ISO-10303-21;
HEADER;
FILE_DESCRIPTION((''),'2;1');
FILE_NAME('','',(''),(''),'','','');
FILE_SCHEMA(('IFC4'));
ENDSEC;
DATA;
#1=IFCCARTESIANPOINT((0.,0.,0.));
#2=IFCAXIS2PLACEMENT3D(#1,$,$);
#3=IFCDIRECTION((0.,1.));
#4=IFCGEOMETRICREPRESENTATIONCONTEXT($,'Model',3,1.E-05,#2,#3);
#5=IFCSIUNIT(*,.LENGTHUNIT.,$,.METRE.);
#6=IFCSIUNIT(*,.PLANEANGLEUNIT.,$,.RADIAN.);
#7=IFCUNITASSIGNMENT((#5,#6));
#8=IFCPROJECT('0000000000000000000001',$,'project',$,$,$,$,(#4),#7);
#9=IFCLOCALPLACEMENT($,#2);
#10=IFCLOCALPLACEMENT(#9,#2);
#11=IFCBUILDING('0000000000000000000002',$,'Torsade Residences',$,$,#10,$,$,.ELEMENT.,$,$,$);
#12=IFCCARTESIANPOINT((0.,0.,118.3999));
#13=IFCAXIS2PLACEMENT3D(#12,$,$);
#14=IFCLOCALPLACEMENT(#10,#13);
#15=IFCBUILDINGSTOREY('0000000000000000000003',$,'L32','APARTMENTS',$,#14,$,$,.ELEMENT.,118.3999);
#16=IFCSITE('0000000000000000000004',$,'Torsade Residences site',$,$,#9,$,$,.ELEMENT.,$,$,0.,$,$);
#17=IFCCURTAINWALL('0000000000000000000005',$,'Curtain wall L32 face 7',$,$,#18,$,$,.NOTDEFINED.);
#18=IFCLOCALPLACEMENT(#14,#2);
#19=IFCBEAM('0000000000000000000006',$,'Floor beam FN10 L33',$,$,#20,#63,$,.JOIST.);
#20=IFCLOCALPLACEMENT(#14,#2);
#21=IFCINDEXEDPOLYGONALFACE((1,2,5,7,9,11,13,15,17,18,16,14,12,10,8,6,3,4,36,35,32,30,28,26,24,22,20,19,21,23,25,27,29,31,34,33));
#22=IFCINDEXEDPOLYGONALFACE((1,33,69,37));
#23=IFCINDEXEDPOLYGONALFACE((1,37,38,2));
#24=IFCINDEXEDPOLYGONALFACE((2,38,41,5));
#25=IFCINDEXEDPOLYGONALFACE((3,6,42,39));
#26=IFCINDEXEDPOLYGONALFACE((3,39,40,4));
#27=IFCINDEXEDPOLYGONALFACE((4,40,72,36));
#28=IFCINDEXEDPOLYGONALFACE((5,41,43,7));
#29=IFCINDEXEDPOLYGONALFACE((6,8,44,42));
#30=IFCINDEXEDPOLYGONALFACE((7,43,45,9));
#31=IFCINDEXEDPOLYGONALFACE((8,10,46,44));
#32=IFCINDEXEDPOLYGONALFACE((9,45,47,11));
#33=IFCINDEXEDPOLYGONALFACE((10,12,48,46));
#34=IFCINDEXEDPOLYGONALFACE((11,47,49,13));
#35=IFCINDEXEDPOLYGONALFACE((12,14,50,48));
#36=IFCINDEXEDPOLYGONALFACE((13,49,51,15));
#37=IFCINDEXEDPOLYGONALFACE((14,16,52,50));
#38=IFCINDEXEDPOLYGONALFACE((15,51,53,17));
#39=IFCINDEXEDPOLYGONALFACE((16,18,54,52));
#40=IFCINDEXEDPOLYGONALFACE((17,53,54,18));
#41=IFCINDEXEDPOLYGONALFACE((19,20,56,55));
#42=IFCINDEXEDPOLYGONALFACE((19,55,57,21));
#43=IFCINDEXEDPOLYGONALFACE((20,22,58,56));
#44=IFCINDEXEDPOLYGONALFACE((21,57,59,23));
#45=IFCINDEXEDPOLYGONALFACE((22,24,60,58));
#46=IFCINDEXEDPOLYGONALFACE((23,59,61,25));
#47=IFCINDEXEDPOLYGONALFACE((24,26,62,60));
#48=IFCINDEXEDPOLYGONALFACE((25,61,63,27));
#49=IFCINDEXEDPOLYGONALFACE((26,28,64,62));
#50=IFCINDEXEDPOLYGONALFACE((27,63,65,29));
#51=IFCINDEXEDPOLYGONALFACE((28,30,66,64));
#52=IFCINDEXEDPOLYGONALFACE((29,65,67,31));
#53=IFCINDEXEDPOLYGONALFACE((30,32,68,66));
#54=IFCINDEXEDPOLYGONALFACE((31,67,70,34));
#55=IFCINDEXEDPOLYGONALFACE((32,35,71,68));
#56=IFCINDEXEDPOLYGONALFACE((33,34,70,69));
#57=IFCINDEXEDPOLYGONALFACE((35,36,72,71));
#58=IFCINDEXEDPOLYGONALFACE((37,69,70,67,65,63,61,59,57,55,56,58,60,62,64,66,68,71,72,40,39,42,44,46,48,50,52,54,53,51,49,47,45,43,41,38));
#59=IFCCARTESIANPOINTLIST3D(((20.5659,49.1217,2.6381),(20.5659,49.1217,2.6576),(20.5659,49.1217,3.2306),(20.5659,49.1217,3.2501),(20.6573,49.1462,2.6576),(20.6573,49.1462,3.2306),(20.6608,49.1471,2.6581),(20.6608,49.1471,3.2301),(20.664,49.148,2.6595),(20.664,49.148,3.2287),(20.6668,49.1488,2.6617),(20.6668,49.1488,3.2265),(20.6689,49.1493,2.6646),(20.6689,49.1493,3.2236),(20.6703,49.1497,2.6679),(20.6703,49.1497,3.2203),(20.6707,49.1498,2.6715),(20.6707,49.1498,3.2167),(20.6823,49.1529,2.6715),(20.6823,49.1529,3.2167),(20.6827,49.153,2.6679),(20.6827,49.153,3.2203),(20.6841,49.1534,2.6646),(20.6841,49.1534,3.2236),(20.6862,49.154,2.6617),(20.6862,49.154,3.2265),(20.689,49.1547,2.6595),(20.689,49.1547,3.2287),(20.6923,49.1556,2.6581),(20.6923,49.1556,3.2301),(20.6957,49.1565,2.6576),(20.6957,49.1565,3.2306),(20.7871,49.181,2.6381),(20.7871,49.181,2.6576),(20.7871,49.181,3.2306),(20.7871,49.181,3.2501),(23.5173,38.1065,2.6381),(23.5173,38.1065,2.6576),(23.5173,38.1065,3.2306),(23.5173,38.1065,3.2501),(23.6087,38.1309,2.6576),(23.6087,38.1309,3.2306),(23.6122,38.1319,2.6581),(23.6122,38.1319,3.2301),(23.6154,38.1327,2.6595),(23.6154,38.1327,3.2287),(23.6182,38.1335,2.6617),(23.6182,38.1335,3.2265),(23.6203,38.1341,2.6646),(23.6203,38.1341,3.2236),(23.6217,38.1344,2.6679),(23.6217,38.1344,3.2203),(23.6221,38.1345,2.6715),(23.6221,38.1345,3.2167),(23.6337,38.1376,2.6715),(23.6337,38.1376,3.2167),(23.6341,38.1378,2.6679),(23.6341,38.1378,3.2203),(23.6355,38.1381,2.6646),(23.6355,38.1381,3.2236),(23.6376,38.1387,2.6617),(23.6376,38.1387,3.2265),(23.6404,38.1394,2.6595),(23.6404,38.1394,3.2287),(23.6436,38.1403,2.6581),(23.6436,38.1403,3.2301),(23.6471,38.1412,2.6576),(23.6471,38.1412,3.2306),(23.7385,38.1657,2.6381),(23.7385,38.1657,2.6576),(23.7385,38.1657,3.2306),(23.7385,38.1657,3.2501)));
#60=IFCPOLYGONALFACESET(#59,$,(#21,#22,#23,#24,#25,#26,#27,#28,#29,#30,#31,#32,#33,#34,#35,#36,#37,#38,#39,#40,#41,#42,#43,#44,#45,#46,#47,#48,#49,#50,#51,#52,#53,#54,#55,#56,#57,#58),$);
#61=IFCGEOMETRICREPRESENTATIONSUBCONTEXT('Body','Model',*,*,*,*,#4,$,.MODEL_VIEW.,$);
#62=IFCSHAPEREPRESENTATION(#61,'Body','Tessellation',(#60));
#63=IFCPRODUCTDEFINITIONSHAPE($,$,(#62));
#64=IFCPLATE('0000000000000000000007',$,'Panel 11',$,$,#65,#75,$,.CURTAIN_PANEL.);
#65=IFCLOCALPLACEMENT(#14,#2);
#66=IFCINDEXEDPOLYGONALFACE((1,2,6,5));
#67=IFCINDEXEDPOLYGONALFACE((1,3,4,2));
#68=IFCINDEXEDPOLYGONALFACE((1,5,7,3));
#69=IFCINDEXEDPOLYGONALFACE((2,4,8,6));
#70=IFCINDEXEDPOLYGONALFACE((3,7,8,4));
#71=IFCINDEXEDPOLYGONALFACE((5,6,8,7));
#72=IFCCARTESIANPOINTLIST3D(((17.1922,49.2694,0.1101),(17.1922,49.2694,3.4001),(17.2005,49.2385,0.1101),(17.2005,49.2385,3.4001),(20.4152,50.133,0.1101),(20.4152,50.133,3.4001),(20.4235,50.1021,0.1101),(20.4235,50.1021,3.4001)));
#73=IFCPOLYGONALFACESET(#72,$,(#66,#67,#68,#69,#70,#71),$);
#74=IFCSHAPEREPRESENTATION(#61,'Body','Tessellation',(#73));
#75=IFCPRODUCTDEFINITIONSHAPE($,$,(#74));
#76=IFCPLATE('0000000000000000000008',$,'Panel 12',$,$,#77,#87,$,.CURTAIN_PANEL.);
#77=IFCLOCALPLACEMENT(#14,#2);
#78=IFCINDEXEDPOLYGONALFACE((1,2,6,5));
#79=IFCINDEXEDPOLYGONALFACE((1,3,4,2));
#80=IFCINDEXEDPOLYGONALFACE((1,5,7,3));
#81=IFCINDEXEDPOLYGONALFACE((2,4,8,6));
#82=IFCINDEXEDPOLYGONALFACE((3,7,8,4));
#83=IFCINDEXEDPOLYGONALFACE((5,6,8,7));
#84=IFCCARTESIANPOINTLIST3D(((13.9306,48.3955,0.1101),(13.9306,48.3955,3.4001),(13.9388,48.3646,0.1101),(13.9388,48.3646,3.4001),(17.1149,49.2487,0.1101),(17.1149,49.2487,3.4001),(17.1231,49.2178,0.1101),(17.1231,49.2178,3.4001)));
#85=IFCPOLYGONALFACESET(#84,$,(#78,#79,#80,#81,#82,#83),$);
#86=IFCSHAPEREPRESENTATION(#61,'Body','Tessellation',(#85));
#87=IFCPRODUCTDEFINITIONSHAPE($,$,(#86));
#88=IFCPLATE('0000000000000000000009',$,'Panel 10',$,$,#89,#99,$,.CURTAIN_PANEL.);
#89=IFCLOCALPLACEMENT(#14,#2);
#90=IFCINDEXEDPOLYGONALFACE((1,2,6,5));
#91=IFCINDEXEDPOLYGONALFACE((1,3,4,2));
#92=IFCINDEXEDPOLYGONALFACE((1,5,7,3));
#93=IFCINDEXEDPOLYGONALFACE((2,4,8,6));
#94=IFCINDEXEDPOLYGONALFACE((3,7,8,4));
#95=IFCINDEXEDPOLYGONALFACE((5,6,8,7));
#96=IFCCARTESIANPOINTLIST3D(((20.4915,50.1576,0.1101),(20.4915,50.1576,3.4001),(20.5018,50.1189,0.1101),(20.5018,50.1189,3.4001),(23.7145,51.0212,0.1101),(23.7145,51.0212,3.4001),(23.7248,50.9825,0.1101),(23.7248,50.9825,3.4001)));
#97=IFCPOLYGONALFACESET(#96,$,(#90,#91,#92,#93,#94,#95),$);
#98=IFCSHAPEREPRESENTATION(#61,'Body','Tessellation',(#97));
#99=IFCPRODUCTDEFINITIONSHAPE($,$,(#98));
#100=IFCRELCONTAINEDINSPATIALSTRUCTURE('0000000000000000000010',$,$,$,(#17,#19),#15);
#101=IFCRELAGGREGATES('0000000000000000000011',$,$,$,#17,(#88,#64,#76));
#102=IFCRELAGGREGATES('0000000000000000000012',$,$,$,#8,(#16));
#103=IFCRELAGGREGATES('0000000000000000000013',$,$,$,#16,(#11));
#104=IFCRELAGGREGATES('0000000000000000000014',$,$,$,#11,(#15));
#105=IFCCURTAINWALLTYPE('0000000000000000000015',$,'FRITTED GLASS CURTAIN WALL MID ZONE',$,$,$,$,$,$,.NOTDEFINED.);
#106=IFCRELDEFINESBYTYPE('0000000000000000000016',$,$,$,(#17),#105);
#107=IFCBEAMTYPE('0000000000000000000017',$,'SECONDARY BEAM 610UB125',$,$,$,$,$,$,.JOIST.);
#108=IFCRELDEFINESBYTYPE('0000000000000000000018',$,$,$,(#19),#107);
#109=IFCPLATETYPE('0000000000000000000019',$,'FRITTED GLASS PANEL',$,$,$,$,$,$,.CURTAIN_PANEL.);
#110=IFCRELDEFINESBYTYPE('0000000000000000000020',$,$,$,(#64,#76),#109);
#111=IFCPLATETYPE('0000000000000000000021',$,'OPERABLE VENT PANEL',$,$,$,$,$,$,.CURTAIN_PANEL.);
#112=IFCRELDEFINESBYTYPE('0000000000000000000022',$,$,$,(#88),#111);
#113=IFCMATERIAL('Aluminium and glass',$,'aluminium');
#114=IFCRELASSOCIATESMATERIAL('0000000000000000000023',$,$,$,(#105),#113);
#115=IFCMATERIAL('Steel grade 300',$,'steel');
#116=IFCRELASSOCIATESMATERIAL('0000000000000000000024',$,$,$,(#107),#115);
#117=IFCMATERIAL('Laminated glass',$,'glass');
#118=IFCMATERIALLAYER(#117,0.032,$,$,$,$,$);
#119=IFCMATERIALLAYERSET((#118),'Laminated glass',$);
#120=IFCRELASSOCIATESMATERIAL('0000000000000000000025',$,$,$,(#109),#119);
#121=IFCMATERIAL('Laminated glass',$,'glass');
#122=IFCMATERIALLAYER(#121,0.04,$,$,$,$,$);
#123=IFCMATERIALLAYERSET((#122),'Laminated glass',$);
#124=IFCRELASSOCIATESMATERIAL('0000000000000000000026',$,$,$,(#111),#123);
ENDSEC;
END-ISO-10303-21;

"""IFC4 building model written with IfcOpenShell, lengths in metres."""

from ifc_helpers import new_model, si_unit, direction, frame, origin, origin_2d, place, context, subcontext, project, spatial, rectangle, i_section, extrude, material, layer, layer_set, material_profile, profile_set, type_object, element, aggregate, save


model = new_model("IFC4")

# Units and contexts
model_context = context("Model", 3, precision=1e-05, world=origin(), true_north=direction((0.0, 1.0)))
body_context = subcontext(model_context, "Body", "Model", "MODEL_VIEW")
ifc_project = project(units=[si_unit("LENGTHUNIT", "METRE"), si_unit("PLANEANGLEUNIT", "RADIAN")], contexts=[model_context])

# Site, building, storey
site_placement = place(None, origin())
site = spatial("IfcSite", under=ifc_project, at=site_placement, Name="Torsade Residences site", CompositionType="ELEMENT", RefElevation=0.0)
building_placement = place(site_placement, origin())
building = spatial("IfcBuilding", under=site, at=building_placement, Name="Torsade Residences", CompositionType="ELEMENT")
storey_placement = place(building_placement, frame((0.0, 0.0, 118.3999)))
storey = spatial("IfcBuildingStorey", under=building, at=storey_placement, Name="L32", Description="APARTMENTS", CompositionType="ELEMENT", Elevation=118.3999)

# Curtain wall
ifc_material_1 = material(Name="Aluminium and glass", Category="aluminium")
curtain_wall_type = type_object("IfcCurtainWallType", Name="FRITTED GLASS CURTAIN WALL MID ZONE", PredefinedType="NOTDEFINED", material=ifc_material_1)
curtain_wall_placement = place(storey_placement, origin())
curtain_wall = element("IfcCurtainWall", 1, at=curtain_wall_placement, inside=storey, type_object=curtain_wall_type, Name="Curtain wall L32 face 7", PredefinedType="NOTDEFINED")

# Beam
ifc_material_2 = material(Name="Steel grade 300", Category="steel")
ifc_material_profile_1 = material_profile(ifc_material_2, i_section(OverallWidth=0.229, OverallDepth=0.6121, WebThickness=0.012, FlangeThickness=0.0195, FilletRadius=0.0139, at=origin_2d()), Name="610UB125")
ifc_profile_set_1 = profile_set([ifc_material_profile_1], Name="Steel grade 300")
beam_type_1 = type_object("IfcBeamType", Name="SECONDARY BEAM 610UB125", PredefinedType="JOIST", material=ifc_profile_set_1)
beam_1_placement = place(storey_placement, frame((20.6765, 49.1514, 2.9441), z_axis=(0.258807, -0.965929, 0.0), x_axis=(0.965929, 0.258807, 0.0)))
element("IfcBeam", 2, at=beam_1_placement, inside=storey, type_object=beam_type_1, Name="Floor beam FN10 L33", PredefinedType="JOIST", context=body_context, shape_type="SweptSolid", body=[
    extrude(i_section(OverallWidth=0.229, OverallDepth=0.6121, WebThickness=0.012, FlangeThickness=0.0195, FilletRadius=0.0139, at=origin_2d()), origin(), (0.0, 0.0, 1.0), 11.4038),
])

# Plates
ifc_material_3 = material(Name="Laminated glass", Category="glass")
ifc_layer_1 = layer(ifc_material_3, 0.032)
ifc_layer_set_1 = layer_set([ifc_layer_1], Name="Laminated glass")
plate_type_1 = type_object("IfcPlateType", Name="FRITTED GLASS PANEL", PredefinedType="CURTAIN_PANEL", material=ifc_layer_set_1)
plate_1_placement = place(storey_placement, frame((18.8079, 49.6858, 0.1101), z_axis=(0.0, 0.0, 1.0), x_axis=(-0.965926, -0.258819, 0.0)))
plate_1 = element("IfcPlate", 3, at=plate_1_placement, type_object=plate_type_1, Name="Panel 11", PredefinedType="CURTAIN_PANEL", context=body_context, shape_type="SweptSolid", body=[
    extrude(rectangle(XDim=3.3367, YDim=0.032, at=origin_2d()), origin(), (0.0, 0.0, 1.0), 3.29),
])
plate_2_placement = place(storey_placement, frame((15.5269, 48.8066, 0.1101), z_axis=(0.0, 0.0, 1.0), x_axis=(-0.965926, -0.258819, 0.0)))
plate_2 = element("IfcPlate", 4, at=plate_2_placement, type_object=plate_type_1, Name="Panel 12", PredefinedType="CURTAIN_PANEL", context=body_context, shape_type="SweptSolid", body=[
    extrude(rectangle(XDim=3.2966, YDim=0.032, at=origin_2d()), origin(), (0.0, 0.0, 1.0), 3.29),
])
ifc_material_4 = material(Name="Laminated glass", Category="glass")
ifc_layer_2 = layer(ifc_material_4, 0.04)
ifc_layer_set_2 = layer_set([ifc_layer_2], Name="Laminated glass")
plate_type_2 = type_object("IfcPlateType", Name="OPERABLE VENT PANEL", PredefinedType="CURTAIN_PANEL", material=ifc_layer_set_2)
plate_3_placement = place(storey_placement, frame((22.1082, 50.5701, 0.1101), z_axis=(0.0, 0.0, 1.0), x_axis=(-0.965926, -0.258819, 0.0)))
plate_3 = element("IfcPlate", 5, at=plate_3_placement, type_object=plate_type_2, Name="Panel 10", PredefinedType="CURTAIN_PANEL", context=body_context, shape_type="SweptSolid", body=[
    extrude(rectangle(XDim=3.3367, YDim=0.04, at=origin_2d()), origin(), (0.0, 0.0, 1.0), 3.29),
])
aggregate(curtain_wall, [plate_3, plate_1, plate_2])

save(model, "model.ifc")
